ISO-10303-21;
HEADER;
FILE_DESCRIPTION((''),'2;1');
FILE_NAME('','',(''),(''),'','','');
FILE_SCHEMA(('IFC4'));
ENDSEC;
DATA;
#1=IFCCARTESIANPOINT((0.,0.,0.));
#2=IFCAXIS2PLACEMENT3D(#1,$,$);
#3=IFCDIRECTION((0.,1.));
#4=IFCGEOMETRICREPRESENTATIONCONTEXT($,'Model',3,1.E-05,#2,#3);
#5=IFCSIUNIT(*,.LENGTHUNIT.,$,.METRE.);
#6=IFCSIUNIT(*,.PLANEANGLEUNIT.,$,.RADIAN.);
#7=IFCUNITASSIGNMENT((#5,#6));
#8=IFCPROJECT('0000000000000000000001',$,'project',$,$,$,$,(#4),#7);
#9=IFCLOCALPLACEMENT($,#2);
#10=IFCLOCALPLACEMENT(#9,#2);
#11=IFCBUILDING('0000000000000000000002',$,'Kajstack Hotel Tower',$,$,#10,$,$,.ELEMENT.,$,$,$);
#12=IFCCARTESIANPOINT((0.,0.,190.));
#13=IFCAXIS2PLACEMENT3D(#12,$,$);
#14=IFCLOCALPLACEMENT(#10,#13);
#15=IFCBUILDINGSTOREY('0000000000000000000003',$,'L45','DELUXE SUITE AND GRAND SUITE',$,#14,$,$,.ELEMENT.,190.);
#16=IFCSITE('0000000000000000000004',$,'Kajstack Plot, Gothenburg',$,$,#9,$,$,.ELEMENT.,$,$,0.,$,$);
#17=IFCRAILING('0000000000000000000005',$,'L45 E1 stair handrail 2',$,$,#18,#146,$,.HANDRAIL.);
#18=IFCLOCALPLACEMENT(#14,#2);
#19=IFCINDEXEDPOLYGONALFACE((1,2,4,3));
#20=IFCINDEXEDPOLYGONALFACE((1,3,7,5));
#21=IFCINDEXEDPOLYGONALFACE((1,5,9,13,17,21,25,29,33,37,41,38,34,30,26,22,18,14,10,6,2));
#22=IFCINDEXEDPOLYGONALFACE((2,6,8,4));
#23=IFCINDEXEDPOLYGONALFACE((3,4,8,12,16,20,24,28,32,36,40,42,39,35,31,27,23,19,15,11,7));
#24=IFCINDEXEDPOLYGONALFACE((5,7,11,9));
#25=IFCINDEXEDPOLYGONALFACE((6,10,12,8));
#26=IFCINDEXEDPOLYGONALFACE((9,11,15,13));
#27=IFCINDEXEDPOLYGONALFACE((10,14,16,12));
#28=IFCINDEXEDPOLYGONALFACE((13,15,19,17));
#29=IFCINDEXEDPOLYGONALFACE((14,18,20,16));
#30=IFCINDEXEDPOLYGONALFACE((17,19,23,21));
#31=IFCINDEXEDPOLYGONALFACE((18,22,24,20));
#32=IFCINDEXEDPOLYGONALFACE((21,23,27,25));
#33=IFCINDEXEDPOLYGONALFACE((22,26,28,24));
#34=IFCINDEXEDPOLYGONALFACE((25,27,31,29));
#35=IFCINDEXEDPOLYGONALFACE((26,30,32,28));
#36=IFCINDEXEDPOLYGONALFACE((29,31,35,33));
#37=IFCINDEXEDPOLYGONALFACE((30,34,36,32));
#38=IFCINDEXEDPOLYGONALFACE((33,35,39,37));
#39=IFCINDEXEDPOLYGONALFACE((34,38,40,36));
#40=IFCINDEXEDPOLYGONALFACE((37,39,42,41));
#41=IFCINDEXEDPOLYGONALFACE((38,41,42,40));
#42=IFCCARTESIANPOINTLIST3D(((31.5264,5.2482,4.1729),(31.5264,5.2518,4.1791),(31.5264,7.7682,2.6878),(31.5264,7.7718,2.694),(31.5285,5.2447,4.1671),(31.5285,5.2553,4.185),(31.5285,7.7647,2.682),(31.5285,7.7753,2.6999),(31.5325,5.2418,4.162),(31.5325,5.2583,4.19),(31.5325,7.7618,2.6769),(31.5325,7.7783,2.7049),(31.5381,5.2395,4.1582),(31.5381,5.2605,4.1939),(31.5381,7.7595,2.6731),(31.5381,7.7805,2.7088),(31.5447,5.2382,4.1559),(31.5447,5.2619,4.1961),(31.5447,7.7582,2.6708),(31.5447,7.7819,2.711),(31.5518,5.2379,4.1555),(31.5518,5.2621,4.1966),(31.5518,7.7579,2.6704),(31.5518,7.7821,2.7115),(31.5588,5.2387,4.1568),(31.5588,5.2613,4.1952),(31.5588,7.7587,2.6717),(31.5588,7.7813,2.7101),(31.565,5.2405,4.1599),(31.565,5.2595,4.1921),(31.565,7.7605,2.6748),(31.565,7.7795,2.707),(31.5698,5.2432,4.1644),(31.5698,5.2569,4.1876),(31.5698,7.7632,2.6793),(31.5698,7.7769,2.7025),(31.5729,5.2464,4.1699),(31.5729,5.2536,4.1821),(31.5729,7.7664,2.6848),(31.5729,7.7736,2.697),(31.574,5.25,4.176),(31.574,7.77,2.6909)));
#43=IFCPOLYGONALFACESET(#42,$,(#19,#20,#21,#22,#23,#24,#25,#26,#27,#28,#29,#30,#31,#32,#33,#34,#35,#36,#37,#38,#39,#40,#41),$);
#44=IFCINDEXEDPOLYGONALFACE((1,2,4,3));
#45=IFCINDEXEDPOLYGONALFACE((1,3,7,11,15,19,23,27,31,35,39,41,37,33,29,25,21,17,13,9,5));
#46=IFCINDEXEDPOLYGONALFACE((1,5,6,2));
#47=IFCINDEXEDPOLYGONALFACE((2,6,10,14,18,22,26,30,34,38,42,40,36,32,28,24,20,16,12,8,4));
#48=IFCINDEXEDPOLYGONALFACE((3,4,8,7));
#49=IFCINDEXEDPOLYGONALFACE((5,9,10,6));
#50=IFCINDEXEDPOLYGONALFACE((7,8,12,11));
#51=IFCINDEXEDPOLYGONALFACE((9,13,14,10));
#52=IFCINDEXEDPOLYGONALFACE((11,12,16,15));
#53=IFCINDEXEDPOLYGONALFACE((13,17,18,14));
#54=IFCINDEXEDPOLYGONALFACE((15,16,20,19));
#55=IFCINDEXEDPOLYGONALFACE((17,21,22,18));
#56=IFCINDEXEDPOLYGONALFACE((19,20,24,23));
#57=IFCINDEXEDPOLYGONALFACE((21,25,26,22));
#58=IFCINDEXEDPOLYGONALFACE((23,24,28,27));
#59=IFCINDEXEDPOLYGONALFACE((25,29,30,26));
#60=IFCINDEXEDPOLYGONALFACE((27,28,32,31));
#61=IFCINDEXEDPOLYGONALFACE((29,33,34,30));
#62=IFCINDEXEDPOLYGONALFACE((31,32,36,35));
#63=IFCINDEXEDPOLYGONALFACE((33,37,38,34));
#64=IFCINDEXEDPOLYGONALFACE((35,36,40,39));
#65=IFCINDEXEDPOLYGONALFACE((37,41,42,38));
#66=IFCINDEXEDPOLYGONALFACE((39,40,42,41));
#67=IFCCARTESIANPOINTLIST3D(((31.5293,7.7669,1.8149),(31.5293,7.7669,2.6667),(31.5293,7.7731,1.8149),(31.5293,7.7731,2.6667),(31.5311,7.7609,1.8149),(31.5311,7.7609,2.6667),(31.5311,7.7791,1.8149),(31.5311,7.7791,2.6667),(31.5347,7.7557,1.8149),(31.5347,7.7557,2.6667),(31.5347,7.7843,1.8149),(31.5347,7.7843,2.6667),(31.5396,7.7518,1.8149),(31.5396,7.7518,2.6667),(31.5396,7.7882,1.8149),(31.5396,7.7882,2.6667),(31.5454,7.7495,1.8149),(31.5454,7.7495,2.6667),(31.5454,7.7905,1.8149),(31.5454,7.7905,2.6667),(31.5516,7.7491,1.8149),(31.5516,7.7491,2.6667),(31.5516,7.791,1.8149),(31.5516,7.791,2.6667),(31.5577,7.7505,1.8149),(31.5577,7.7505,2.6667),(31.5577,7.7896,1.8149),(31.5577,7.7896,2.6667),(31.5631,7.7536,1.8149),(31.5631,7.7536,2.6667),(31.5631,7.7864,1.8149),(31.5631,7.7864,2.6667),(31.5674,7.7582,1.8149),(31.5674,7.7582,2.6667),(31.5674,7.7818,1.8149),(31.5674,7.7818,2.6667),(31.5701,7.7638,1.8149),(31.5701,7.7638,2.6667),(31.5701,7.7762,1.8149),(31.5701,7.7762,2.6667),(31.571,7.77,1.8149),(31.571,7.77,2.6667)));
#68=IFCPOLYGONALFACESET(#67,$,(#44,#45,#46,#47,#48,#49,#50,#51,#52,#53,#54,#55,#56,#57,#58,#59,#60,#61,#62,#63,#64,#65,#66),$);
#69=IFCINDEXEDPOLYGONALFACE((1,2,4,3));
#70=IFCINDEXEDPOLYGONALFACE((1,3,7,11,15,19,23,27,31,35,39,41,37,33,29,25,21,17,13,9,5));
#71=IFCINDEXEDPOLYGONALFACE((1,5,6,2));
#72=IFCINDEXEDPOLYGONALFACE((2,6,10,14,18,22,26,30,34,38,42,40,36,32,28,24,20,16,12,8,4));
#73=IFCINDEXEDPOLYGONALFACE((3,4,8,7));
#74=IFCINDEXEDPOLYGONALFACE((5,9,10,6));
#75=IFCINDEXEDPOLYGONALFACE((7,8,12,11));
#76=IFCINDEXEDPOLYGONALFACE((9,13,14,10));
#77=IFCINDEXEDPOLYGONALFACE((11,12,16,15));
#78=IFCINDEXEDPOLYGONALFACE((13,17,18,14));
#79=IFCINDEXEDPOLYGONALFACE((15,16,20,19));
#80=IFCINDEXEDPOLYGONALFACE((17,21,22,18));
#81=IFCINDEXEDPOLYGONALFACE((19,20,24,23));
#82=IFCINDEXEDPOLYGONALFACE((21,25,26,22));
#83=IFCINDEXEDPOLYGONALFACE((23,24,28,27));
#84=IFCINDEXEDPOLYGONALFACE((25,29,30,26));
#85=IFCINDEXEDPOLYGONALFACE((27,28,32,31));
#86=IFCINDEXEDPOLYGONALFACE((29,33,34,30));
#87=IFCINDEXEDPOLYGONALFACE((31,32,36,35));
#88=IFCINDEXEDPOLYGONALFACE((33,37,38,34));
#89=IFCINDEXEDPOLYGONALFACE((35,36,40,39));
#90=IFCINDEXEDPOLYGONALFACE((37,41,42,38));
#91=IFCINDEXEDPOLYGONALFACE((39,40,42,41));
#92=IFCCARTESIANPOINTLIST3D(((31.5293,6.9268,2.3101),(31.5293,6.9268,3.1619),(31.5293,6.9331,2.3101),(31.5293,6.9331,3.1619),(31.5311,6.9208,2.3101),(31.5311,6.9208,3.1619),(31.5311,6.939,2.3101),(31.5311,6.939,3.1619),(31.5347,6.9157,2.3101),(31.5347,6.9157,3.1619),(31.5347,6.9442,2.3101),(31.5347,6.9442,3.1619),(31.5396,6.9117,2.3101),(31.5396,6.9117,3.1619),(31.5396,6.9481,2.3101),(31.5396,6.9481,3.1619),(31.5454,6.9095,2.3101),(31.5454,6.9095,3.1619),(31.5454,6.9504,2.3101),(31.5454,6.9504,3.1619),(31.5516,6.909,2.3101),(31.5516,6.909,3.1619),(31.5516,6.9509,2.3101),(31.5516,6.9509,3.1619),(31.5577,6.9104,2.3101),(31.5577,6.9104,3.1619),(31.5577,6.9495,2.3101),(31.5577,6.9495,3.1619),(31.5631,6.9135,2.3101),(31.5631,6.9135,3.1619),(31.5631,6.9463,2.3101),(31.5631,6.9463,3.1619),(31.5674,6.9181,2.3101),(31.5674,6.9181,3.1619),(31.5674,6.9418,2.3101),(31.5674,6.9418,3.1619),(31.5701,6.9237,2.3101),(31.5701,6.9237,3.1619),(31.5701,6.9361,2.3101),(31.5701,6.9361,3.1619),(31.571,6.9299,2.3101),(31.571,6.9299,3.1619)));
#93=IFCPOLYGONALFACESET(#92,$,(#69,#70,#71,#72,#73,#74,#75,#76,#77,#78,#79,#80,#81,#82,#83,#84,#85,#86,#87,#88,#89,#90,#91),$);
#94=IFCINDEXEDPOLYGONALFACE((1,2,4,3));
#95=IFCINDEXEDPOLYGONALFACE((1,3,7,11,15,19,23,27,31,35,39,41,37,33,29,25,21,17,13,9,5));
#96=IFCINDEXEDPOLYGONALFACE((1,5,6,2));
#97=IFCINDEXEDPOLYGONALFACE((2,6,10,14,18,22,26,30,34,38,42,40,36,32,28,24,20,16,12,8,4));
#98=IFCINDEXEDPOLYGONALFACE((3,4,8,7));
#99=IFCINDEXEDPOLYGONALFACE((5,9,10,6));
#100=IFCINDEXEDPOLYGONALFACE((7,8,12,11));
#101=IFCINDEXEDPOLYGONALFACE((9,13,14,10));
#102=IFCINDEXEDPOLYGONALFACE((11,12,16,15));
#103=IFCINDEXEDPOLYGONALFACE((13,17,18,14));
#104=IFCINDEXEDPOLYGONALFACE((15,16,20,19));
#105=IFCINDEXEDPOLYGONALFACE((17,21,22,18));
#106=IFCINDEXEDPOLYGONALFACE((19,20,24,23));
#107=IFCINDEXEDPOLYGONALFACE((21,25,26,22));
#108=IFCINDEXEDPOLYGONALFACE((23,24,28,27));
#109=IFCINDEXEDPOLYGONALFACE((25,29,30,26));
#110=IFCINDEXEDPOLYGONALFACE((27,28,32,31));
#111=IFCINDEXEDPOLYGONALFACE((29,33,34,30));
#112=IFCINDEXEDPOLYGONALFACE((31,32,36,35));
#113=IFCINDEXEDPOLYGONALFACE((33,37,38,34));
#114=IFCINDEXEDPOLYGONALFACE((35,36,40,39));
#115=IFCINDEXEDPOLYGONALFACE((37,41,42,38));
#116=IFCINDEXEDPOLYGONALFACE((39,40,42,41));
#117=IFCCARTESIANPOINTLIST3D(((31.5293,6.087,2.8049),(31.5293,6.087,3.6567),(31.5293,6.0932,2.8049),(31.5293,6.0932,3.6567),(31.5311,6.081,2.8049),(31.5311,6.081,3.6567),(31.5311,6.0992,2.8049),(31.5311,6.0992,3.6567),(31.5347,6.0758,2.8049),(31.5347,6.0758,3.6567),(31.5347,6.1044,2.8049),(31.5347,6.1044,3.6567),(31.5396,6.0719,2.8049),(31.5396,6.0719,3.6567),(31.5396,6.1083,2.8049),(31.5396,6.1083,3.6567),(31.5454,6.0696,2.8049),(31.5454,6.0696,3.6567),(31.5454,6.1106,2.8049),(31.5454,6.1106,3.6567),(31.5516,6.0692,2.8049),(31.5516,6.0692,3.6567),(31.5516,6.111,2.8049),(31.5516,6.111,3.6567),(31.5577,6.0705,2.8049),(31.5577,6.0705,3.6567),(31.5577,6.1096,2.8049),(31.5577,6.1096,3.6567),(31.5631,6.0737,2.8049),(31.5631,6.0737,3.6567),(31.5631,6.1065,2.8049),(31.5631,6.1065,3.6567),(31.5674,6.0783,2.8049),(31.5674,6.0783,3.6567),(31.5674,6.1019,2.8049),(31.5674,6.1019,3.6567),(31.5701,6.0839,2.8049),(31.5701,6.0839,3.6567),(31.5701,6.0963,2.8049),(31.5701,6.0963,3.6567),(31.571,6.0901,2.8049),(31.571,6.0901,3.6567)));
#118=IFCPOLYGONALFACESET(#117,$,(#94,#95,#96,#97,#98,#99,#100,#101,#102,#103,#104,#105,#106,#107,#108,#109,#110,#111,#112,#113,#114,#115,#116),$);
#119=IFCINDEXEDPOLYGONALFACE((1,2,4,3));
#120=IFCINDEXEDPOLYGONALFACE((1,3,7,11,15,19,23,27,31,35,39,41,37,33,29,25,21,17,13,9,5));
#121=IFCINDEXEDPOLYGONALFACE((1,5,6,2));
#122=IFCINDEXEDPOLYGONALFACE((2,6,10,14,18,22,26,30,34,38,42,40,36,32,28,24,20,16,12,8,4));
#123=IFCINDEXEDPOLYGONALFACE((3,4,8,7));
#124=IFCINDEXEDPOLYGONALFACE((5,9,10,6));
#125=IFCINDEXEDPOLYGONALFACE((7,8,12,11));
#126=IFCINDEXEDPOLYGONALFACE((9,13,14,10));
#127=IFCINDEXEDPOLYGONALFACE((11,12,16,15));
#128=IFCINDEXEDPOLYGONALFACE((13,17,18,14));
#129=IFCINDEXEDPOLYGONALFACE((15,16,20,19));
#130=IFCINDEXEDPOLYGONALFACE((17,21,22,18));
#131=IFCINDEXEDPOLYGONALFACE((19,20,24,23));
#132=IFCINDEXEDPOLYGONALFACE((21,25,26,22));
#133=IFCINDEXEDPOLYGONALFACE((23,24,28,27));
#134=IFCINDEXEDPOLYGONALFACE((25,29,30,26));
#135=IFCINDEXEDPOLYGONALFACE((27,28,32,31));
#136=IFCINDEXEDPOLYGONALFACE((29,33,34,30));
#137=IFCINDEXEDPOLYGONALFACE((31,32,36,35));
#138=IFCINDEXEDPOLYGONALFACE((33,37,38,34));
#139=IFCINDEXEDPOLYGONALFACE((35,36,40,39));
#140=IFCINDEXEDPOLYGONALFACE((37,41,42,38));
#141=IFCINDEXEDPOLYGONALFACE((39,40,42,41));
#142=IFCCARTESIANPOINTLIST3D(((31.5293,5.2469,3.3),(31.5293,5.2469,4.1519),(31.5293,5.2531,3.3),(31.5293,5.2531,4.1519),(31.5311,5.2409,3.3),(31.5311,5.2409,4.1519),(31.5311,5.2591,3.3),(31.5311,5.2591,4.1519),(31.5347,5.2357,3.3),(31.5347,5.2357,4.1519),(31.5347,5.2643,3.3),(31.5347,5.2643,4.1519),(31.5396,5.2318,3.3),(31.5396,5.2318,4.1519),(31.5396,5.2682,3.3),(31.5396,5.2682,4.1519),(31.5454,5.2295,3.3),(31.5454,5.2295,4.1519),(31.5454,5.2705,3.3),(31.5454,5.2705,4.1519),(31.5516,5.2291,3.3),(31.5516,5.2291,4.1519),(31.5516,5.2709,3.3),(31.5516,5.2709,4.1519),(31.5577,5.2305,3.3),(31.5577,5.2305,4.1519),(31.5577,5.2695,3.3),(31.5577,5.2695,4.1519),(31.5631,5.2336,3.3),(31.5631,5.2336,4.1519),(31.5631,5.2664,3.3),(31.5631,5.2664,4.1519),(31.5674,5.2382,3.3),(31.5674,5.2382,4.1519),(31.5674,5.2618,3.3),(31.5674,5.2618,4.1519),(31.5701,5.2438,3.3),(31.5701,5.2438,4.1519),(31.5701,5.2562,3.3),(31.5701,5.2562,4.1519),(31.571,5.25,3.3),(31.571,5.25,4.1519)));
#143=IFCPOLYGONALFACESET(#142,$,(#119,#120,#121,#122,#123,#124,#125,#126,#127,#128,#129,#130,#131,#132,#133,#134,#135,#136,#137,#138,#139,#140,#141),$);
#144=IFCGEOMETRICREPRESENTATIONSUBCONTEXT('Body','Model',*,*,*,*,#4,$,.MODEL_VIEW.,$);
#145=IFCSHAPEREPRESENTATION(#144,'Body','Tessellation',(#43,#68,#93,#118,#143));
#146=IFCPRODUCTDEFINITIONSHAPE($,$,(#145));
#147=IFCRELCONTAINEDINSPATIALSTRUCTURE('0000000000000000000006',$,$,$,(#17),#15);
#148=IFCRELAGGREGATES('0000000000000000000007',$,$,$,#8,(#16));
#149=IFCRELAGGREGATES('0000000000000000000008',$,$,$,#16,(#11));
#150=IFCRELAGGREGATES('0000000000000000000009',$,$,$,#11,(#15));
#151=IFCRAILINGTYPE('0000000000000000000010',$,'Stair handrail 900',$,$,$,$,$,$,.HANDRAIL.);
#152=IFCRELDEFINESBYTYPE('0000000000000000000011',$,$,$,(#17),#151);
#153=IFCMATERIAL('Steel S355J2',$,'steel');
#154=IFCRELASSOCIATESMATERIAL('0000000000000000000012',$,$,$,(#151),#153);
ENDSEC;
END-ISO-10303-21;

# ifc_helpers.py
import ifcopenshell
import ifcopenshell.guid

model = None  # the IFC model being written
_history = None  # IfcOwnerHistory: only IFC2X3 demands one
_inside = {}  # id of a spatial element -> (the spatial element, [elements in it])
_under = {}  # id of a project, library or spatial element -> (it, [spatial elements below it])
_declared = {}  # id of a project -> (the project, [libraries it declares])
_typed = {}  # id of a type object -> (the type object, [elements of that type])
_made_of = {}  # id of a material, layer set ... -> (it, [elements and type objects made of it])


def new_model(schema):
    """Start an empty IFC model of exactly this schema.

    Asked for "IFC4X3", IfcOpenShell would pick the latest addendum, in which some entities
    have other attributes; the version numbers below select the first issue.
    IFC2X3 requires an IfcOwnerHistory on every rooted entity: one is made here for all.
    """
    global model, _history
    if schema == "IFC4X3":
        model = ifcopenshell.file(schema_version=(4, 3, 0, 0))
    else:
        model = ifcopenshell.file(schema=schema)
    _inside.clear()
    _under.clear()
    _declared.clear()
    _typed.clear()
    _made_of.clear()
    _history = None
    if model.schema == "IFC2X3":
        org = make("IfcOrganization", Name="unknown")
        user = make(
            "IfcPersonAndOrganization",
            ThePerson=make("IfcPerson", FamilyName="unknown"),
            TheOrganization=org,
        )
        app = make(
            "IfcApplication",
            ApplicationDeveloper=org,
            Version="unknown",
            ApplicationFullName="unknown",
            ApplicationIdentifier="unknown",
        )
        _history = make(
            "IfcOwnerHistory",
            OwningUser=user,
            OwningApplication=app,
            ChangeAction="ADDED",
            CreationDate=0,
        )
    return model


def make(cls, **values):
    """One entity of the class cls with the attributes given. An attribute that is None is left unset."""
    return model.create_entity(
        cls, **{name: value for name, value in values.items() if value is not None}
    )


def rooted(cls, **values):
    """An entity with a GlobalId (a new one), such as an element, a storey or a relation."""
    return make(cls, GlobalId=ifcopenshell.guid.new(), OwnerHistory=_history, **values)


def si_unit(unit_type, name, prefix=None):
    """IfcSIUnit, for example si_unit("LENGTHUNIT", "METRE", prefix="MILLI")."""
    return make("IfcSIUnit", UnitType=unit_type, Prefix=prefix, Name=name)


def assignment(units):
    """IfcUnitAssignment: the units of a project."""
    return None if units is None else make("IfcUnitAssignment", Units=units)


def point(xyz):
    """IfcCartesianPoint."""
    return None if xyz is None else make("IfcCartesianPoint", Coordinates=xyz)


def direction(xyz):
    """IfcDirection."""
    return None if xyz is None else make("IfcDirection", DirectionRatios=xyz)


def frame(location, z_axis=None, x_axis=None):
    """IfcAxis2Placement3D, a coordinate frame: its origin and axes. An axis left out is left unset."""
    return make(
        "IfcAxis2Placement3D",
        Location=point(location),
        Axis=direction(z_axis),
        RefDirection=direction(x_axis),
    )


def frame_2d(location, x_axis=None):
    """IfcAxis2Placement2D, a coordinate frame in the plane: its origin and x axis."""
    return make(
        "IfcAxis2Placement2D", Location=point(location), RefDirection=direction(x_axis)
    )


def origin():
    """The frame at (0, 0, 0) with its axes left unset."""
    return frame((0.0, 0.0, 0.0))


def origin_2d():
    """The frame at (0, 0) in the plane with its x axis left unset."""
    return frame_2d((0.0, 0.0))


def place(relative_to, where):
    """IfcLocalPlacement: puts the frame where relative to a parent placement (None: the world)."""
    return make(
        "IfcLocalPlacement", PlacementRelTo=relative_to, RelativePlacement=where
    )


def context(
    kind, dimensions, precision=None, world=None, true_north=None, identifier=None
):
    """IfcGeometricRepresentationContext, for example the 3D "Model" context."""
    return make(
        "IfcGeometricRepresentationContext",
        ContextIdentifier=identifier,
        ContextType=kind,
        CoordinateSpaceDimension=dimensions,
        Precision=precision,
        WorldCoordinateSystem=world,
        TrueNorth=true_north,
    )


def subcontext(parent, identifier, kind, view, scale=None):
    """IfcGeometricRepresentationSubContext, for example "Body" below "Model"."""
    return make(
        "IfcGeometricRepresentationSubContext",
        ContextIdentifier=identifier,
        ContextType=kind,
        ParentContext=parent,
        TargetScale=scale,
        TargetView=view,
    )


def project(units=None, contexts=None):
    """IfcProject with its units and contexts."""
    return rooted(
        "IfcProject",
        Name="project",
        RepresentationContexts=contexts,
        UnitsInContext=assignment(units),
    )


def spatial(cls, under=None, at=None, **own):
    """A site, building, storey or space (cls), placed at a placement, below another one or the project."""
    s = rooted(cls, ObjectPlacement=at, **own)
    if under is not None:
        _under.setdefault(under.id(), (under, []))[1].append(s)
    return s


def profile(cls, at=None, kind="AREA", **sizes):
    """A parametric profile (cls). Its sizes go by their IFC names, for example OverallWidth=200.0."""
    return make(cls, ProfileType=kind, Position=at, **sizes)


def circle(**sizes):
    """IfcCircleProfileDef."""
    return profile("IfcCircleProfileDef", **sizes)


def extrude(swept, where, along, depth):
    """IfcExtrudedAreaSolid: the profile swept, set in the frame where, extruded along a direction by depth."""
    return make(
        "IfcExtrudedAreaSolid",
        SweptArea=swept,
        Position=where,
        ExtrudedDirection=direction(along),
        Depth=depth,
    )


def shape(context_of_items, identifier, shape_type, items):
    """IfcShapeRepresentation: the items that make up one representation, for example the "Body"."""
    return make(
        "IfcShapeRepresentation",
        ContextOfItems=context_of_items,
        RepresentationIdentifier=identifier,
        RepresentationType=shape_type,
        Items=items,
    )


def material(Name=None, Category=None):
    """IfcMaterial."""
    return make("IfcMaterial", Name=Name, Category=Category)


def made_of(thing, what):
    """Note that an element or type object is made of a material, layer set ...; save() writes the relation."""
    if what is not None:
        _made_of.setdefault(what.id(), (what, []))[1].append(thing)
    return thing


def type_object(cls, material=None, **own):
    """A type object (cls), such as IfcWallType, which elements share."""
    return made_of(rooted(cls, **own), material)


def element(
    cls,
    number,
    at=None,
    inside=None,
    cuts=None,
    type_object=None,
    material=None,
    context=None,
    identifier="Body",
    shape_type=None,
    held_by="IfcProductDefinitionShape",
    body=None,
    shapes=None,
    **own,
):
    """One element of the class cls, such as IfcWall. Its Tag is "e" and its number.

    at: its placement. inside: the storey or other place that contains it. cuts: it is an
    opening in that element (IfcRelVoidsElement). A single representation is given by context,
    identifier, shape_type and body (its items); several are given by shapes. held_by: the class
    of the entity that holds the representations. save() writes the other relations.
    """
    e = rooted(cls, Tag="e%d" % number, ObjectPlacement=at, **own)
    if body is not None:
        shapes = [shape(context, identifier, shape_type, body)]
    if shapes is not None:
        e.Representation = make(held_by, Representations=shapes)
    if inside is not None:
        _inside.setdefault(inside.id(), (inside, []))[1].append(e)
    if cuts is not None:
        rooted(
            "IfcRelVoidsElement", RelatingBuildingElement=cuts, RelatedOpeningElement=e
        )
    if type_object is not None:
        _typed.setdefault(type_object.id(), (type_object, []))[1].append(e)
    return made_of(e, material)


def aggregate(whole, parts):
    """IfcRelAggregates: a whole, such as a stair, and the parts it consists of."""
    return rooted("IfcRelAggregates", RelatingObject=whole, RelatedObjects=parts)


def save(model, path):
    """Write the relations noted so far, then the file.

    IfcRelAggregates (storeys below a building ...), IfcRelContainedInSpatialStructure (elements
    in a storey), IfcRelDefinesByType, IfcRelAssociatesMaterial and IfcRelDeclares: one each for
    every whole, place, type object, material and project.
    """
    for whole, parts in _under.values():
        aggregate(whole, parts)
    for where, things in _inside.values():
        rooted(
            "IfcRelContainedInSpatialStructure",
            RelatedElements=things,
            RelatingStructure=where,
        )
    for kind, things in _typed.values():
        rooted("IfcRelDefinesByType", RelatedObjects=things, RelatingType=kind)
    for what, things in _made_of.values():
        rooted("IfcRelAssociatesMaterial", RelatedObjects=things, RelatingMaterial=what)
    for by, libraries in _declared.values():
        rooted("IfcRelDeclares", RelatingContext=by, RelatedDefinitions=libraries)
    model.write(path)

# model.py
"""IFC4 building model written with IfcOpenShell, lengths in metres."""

from ifc_helpers import new_model, si_unit, direction, frame, origin, origin_2d, place, context, subcontext, project, spatial, circle, extrude, material, type_object, element, save


model = new_model("IFC4")

# Units and contexts
model_context = context("Model", 3, precision=1e-05, world=origin(), true_north=direction((0.0, 1.0)))
body_context = subcontext(model_context, "Body", "Model", "MODEL_VIEW")
ifc_project = project(units=[si_unit("LENGTHUNIT", "METRE"), si_unit("PLANEANGLEUNIT", "RADIAN")], contexts=[model_context])

# Site, building, storey
site_placement = place(None, origin())
site = spatial("IfcSite", under=ifc_project, at=site_placement, Name="Kajstack Plot, Gothenburg", CompositionType="ELEMENT", RefElevation=0.0)
building_placement = place(site_placement, origin())
building = spatial("IfcBuilding", under=site, at=building_placement, Name="Kajstack Hotel Tower", CompositionType="ELEMENT")
storey_placement = place(building_placement, frame((0.0, 0.0, 190.0)))
storey = spatial("IfcBuildingStorey", under=building, at=storey_placement, Name="L45", Description="DELUXE SUITE AND GRAND SUITE", CompositionType="ELEMENT", Elevation=190.0)

# Railing
ifc_material_1 = material(Name="Steel S355J2", Category="steel")
railing_type_1 = type_object("IfcRailingType", Name="Stair handrail 900", PredefinedType="HANDRAIL", material=ifc_material_1)
railing_1_placement = place(storey_placement, frame((31.55, 7.77, 1.8149)))
element("IfcRailing", 1, at=railing_1_placement, inside=storey, type_object=railing_type_1, Name="L45 E1 stair handrail 2", PredefinedType="HANDRAIL", context=body_context, shape_type="SweptSolid", body=[
    extrude(circle(Radius=0.0239, at=origin_2d()), frame((0.0, 0.0, 0.876), z_axis=(0.0, -0.861524, 0.507717), x_axis=(1.0, 0.0, 0.0)), (0.0, 0.0, 1.0), 2.925),
    extrude(circle(Radius=0.021, at=origin_2d()), origin(), (0.0, 0.0, 1.0), 0.8518),
    extrude(circle(Radius=0.021, at=origin_2d()), frame((0.0, -0.8401, 0.4951)), (0.0, 0.0, 1.0), 0.8518),
    extrude(circle(Radius=0.021, at=origin_2d()), frame((0.0, -1.6799, 0.99)), (0.0, 0.0, 1.0), 0.8518),
    extrude(circle(Radius=0.021, at=origin_2d()), frame((0.0, -2.52, 1.4851)), (0.0, 0.0, 1.0), 0.8518),
])

save(model, "model.ifc")
